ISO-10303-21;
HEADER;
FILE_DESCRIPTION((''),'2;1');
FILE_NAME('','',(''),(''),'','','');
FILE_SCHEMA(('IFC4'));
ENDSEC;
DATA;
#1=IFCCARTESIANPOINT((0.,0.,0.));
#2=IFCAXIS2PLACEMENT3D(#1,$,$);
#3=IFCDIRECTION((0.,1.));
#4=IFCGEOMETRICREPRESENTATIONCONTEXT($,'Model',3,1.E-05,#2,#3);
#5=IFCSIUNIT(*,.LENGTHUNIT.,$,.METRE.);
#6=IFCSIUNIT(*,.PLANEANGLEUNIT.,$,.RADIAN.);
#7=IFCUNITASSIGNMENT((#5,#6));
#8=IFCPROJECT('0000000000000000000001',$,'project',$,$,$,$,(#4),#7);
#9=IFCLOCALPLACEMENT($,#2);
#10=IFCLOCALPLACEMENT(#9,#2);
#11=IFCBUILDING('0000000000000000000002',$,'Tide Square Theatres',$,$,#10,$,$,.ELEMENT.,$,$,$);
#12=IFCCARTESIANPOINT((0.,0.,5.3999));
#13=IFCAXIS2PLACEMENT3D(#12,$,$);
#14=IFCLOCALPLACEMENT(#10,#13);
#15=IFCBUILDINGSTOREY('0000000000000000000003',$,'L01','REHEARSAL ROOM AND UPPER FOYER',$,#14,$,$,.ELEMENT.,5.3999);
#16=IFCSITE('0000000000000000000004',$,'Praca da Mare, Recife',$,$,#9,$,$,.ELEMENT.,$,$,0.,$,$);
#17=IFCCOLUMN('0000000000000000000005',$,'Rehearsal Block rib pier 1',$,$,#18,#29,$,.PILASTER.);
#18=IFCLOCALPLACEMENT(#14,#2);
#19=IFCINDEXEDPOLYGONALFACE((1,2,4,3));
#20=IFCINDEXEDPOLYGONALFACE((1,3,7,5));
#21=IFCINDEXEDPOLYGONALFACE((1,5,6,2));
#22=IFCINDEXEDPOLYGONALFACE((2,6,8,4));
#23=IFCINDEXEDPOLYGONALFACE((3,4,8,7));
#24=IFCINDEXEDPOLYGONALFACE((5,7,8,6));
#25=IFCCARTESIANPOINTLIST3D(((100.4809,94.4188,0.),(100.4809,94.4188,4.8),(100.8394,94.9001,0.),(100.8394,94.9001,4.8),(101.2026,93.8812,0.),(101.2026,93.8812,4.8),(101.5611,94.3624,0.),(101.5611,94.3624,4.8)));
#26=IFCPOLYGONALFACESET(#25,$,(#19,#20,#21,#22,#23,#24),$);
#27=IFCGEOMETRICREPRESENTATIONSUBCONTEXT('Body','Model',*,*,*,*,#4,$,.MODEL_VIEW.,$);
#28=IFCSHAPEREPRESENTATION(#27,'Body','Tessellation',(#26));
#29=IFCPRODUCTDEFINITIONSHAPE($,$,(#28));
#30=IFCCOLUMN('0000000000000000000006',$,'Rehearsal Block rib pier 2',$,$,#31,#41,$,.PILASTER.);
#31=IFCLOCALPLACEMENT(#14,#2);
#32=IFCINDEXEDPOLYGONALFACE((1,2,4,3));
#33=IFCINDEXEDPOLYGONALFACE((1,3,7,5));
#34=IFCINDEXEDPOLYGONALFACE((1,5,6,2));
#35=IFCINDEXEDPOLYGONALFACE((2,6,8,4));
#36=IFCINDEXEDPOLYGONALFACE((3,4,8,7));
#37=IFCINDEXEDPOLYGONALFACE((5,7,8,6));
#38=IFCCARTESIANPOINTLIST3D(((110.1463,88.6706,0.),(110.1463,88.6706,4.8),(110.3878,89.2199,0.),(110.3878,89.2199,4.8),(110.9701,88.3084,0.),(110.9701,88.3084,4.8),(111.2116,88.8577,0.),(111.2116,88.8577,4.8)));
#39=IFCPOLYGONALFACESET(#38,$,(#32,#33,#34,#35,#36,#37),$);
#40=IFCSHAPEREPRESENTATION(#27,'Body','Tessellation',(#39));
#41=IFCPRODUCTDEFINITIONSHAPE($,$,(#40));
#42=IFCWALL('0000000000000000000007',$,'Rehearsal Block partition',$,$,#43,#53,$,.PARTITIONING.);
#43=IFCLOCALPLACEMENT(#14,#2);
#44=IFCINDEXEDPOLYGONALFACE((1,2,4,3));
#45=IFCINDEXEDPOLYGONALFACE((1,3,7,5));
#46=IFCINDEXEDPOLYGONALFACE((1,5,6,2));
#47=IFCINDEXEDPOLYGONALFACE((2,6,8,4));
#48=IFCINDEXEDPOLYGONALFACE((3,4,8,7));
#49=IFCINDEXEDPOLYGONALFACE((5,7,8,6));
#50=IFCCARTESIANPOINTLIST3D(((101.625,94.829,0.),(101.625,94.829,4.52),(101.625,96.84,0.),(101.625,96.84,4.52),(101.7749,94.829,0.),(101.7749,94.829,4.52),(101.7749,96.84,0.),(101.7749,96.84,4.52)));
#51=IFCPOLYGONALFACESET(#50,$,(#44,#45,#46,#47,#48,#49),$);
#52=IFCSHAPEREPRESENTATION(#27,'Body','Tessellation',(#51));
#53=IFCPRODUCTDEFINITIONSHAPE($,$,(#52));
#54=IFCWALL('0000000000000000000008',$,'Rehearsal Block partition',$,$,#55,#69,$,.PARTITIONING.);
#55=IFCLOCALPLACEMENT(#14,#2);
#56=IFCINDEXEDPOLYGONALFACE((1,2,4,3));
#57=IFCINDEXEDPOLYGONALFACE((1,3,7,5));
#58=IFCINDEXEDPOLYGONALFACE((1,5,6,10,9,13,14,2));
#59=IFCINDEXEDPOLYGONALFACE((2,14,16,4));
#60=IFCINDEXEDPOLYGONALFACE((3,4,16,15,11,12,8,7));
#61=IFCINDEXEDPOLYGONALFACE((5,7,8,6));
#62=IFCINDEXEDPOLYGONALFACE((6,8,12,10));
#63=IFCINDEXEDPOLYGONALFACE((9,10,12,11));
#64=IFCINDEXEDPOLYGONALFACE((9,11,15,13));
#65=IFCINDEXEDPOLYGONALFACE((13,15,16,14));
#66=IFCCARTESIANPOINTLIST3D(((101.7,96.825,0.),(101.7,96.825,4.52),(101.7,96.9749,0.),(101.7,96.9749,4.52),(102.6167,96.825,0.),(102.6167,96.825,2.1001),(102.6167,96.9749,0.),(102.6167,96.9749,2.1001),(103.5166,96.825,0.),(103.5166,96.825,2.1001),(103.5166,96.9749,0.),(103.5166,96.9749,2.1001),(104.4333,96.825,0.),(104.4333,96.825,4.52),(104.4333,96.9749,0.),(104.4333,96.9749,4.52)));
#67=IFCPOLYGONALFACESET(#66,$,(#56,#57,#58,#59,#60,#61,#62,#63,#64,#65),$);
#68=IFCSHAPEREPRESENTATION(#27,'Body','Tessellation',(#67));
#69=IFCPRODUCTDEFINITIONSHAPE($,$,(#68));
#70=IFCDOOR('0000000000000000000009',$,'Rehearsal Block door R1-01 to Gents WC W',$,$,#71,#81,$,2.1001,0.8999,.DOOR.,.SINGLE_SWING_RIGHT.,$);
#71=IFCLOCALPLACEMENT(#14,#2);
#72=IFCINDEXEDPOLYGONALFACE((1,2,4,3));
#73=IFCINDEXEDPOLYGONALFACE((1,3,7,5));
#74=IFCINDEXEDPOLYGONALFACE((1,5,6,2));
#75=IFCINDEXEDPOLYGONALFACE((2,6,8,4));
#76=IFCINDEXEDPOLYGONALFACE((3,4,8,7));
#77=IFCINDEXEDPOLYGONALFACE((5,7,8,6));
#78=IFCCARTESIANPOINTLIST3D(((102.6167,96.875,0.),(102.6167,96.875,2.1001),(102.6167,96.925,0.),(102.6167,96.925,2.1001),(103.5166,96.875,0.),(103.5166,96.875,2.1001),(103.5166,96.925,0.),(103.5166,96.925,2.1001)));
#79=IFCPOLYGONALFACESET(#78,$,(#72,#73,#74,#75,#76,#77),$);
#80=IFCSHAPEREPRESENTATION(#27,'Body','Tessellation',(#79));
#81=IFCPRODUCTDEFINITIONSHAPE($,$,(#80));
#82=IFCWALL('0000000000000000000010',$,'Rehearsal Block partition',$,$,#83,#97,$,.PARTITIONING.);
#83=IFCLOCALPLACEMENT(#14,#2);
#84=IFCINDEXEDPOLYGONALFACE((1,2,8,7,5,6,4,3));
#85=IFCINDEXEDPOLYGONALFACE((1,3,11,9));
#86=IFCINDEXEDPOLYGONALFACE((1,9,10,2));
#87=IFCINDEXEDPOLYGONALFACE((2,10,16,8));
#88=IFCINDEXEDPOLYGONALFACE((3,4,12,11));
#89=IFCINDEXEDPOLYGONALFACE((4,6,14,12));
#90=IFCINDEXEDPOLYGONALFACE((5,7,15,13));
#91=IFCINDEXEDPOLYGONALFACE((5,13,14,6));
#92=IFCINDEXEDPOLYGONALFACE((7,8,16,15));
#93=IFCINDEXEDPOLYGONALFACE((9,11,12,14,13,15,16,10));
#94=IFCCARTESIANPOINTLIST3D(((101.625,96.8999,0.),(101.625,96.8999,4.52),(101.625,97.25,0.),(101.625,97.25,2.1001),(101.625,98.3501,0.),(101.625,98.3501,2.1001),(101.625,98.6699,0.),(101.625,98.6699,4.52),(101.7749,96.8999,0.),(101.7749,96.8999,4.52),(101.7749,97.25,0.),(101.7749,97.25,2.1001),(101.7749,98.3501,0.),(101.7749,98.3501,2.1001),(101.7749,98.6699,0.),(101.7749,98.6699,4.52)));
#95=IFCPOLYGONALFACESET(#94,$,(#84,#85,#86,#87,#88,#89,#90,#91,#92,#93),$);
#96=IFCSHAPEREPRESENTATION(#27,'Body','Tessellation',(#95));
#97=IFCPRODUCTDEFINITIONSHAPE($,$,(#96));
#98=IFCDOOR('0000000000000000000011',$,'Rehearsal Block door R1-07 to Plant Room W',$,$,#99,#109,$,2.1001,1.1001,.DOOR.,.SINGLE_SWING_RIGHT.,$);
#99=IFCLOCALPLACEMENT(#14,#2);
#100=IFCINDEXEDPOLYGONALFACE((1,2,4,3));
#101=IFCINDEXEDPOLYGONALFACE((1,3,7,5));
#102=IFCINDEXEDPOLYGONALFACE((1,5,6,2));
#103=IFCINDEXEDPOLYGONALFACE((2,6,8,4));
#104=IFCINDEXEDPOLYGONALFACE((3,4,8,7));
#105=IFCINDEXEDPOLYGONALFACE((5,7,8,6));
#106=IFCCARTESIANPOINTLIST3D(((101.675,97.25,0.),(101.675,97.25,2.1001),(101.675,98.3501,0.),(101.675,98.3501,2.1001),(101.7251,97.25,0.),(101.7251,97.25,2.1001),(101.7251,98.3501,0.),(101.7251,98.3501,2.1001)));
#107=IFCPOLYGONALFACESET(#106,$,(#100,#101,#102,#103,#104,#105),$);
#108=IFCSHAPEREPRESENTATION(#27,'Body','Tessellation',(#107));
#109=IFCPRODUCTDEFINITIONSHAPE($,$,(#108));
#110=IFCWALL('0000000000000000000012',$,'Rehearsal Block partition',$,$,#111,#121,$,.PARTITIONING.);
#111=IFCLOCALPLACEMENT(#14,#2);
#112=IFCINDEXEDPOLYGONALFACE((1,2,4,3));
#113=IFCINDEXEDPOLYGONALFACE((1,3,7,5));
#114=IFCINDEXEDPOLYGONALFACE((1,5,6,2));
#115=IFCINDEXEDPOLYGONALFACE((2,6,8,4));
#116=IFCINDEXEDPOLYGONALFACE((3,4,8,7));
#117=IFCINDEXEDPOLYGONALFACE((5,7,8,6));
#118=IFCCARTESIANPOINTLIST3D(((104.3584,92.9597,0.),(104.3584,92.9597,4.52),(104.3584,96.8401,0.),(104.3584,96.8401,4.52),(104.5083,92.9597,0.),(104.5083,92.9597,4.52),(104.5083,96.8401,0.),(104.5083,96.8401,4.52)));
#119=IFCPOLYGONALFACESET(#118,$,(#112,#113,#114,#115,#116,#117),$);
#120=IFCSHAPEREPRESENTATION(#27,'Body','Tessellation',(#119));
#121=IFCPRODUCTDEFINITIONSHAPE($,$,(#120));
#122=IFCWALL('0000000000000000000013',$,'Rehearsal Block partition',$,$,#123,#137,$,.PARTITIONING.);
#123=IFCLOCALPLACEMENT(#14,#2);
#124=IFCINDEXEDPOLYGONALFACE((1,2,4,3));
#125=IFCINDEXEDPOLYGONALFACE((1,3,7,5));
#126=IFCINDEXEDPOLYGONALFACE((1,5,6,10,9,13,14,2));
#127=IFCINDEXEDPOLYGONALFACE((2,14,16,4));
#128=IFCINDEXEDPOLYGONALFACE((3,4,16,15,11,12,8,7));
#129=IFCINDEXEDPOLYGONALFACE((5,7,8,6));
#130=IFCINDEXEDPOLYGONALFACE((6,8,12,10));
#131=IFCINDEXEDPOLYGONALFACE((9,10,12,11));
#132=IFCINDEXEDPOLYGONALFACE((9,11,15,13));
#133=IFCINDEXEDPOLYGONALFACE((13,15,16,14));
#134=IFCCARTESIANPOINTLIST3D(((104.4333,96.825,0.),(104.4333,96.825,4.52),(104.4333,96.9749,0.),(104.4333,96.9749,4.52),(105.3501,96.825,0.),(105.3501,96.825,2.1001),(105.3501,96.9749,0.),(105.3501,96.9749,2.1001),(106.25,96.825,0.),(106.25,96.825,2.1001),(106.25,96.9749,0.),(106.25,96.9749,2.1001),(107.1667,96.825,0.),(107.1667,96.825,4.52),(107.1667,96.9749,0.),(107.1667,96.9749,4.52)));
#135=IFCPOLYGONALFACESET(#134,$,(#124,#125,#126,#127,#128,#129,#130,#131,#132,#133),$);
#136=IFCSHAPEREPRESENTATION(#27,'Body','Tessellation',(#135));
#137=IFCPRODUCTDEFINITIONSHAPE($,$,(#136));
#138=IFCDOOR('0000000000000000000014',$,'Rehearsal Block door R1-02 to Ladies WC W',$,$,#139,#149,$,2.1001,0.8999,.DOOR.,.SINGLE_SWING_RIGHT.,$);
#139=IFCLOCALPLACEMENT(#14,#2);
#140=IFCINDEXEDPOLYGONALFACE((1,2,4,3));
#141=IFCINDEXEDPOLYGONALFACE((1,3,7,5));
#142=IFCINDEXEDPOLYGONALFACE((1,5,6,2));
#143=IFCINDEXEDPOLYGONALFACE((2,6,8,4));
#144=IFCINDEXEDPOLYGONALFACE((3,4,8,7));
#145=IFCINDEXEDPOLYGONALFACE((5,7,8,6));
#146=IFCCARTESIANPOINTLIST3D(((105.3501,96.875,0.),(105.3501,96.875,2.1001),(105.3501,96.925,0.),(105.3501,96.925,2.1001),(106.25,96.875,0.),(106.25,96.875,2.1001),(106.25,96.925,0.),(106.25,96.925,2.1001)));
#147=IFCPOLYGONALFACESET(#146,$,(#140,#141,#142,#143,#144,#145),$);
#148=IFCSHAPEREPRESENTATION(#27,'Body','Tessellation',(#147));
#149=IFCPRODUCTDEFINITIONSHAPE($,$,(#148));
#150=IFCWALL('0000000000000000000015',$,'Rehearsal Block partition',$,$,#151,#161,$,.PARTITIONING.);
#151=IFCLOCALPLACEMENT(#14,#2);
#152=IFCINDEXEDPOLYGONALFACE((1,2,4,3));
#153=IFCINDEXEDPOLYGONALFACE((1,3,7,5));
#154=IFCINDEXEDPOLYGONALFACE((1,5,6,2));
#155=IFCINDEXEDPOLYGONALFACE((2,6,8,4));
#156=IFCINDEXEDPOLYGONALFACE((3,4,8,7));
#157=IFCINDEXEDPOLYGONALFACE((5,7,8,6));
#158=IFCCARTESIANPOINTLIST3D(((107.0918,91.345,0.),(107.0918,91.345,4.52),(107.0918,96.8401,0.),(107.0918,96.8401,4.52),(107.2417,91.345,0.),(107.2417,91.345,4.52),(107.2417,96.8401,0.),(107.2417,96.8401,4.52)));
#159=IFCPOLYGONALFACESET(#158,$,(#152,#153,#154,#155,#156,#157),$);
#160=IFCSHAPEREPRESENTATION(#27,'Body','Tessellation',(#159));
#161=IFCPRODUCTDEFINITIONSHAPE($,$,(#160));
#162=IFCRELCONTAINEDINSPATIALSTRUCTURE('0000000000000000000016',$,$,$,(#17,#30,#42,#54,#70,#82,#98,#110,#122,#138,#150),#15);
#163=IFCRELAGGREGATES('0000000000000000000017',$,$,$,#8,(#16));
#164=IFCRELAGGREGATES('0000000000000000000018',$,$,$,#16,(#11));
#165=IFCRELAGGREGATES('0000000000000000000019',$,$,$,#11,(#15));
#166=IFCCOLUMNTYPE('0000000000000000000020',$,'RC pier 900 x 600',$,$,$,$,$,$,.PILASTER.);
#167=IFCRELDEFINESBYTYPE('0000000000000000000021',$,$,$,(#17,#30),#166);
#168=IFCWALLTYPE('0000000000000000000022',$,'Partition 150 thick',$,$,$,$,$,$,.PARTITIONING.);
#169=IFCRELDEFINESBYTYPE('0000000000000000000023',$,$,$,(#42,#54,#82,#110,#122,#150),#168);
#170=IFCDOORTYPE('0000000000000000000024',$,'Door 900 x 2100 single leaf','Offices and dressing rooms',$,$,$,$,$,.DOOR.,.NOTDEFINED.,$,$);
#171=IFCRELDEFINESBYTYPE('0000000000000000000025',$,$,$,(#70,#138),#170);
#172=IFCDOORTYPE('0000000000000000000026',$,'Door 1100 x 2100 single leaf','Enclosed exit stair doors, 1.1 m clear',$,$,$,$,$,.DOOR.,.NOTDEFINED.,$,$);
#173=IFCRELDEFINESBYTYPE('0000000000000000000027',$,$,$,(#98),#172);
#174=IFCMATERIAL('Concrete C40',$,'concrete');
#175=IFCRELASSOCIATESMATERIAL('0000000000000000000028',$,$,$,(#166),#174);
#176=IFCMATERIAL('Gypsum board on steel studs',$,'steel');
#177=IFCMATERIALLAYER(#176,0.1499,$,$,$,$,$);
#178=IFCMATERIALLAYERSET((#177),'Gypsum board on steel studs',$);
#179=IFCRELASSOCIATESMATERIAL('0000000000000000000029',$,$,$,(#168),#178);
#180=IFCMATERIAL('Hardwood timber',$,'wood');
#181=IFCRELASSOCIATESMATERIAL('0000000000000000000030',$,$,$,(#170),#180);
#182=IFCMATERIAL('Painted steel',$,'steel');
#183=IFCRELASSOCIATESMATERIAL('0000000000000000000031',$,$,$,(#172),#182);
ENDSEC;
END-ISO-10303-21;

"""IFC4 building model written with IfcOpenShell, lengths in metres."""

from ifc_helpers import new_model, si_unit, direction, frame, frame_2d, origin, origin_2d, place, context, subcontext, project, spatial, rectangle, extrude, material, layer, layer_set, material_profile, profile_set, type_object, element, fill, save


model = new_model("IFC4")

# Units and contexts
model_context = context("Model", 3, precision=1e-05, world=origin(), true_north=direction((0.0, 1.0)))
body_context = subcontext(model_context, "Body", "Model", "MODEL_VIEW")
ifc_project = project(units=[si_unit("LENGTHUNIT", "METRE"), si_unit("PLANEANGLEUNIT", "RADIAN")], contexts=[model_context])

# Site, building, storey
site_placement = place(None, origin())
site = spatial("IfcSite", under=ifc_project, at=site_placement, Name="Praca da Mare, Recife", CompositionType="ELEMENT", RefElevation=0.0)
building_placement = place(site_placement, origin())
building = spatial("IfcBuilding", under=site, at=building_placement, Name="Tide Square Theatres", CompositionType="ELEMENT")
storey_placement = place(building_placement, frame((0.0, 0.0, 5.3999)))
storey = spatial("IfcBuildingStorey", under=building, at=storey_placement, Name="L01", Description="REHEARSAL ROOM AND UPPER FOYER", CompositionType="ELEMENT", Elevation=5.3999)

# Columns
ifc_material_1 = material(Name="Concrete C40", Category="concrete")
ifc_material_profile = material_profile(ifc_material_1, rectangle(XDim=0.8999, YDim=0.6001, at=origin_2d()))
ifc_profile_set = profile_set([ifc_material_profile], Name="Concrete C40")
column_type = type_object("IfcColumnType", Name="RC pier 900 x 600", PredefinedType="PILASTER", material=ifc_profile_set)
for number, where, z_axis, x_axis, name in (
    (1, (101.021, 94.3906, 0.0), (0.0, 0.0, 1.0), (0.801928, -0.597421, 0.0), "Rehearsal Block rib pier 1"),
    (2, (110.679, 88.7642, 0.0), (0.0, 0.0, 1.0), (0.915419, -0.402502, 0.0), "Rehearsal Block rib pier 2"),
):
    element("IfcColumn", number, at=place(storey_placement, frame(where, z_axis=z_axis, x_axis=x_axis)), inside=storey, type_object=column_type, Name=name, PredefinedType="PILASTER", context=body_context, shape_type="SweptSolid", body=[
        extrude(rectangle(XDim=0.8999, YDim=0.6001, at=origin_2d()), origin(), (0.0, 0.0, 1.0), 4.8),
    ])

# Wall
ifc_material_2 = material(Name="Gypsum board on steel studs", Category="steel")
ifc_layer_1 = layer(ifc_material_2, 0.1499)
ifc_layer_set_1 = layer_set([ifc_layer_1], Name="Gypsum board on steel studs")
wall_type_1 = type_object("IfcWallType", Name="Partition 150 thick", PredefinedType="PARTITIONING", material=ifc_layer_set_1)
wall_1_placement = place(storey_placement, frame((101.7, 94.8291, 0.0), z_axis=(0.0, 0.0, 1.0), x_axis=(0.0, 1.0, 0.0)))
element("IfcWall", 3, at=wall_1_placement, inside=storey, type_object=wall_type_1, Name="Rehearsal Block partition", PredefinedType="PARTITIONING", context=body_context, shape_type="SweptSolid", body=[
    extrude(rectangle(XDim=2.011, YDim=0.1499, at=frame_2d((1.0054, 0.0))), origin(), (0.0, 0.0, 1.0), 4.52),
])

# Walls, openings, doors
wall_2_placement = place(storey_placement, frame((104.4333, 96.8999, 0.0), z_axis=(0.0, 0.0, 1.0), x_axis=(-1.0, 0.0, 0.0)))
wall_2 = element("IfcWall", 4, at=wall_2_placement, inside=storey, type_object=wall_type_1, Name="Rehearsal Block partition", PredefinedType="PARTITIONING", context=body_context, shape_type="SweptSolid", body=[
    extrude(rectangle(XDim=2.7334, YDim=0.1499, at=frame_2d((1.3667, 0.0))), origin(), (0.0, 0.0, 1.0), 4.52),
])
opening_1_placement = place(wall_2_placement, frame((0.9167, 0.0, 0.0)))
opening_1 = element("IfcOpeningElement", 5, at=opening_1_placement, cuts=wall_2, PredefinedType="OPENING", context=body_context, shape_type="SweptSolid", body=[
    extrude(rectangle(XDim=0.8999, YDim=2.1001, at=frame_2d((0.45, 1.05))), frame((0.0, 0.085, 0.0), z_axis=(0.0, -1.0, 0.0), x_axis=(1.0, 0.0, 0.0)), (0.0, 0.0, 1.0), 0.1699),
])
ifc_material_3 = material(Name="Hardwood timber", Category="wood")
door_type_1 = type_object("IfcDoorType", Name="Door 900 x 2100 single leaf", Description="Offices and dressing rooms", OperationType="NOTDEFINED", PredefinedType="DOOR", material=ifc_material_3)
door_1_placement = place(opening_1_placement, origin())
door_1 = element("IfcDoor", 6, at=door_1_placement, inside=storey, type_object=door_type_1, Name="Rehearsal Block door R1-01 to Gents WC W", OperationType="SINGLE_SWING_RIGHT", OverallHeight=2.1001, OverallWidth=0.8999, PredefinedType="DOOR", context=body_context, shape_type="SweptSolid", body=[
    extrude(rectangle(XDim=0.8999, YDim=2.1001, at=frame_2d((0.45, 1.05))), frame((0.0, 0.0249, 0.0), z_axis=(0.0, -1.0, 0.0), x_axis=(1.0, 0.0, 0.0)), (0.0, 0.0, 1.0), 0.05),
])
fill(opening_1, door_1)
wall_3_placement = place(storey_placement, frame((101.7, 96.8999, 0.0), z_axis=(0.0, 0.0, 1.0), x_axis=(0.0, 1.0, 0.0)))
wall_3 = element("IfcWall", 7, at=wall_3_placement, inside=storey, type_object=wall_type_1, Name="Rehearsal Block partition", PredefinedType="PARTITIONING", context=body_context, shape_type="SweptSolid", body=[
    extrude(rectangle(XDim=1.77, YDim=0.1499, at=frame_2d((0.885, 0.0))), origin(), (0.0, 0.0, 1.0), 4.52),
])
opening_2_placement = place(wall_3_placement, frame((0.3501, 0.0, 0.0)))
opening_2 = element("IfcOpeningElement", 8, at=opening_2_placement, cuts=wall_3, PredefinedType="OPENING", context=body_context, shape_type="SweptSolid", body=[
    extrude(rectangle(XDim=1.1001, YDim=2.1001, at=frame_2d((0.55, 1.05))), frame((0.0, 0.085, 0.0), z_axis=(0.0, -1.0, 0.0), x_axis=(1.0, 0.0, 0.0)), (0.0, 0.0, 1.0), 0.1699),
])
ifc_material_4 = material(Name="Painted steel", Category="steel")
door_type_2 = type_object("IfcDoorType", Name="Door 1100 x 2100 single leaf", Description="Enclosed exit stair doors, 1.1 m clear", OperationType="NOTDEFINED", PredefinedType="DOOR", material=ifc_material_4)
door_2_placement = place(opening_2_placement, origin())
door_2 = element("IfcDoor", 9, at=door_2_placement, inside=storey, type_object=door_type_2, Name="Rehearsal Block door R1-07 to Plant Room W", OperationType="SINGLE_SWING_RIGHT", OverallHeight=2.1001, OverallWidth=1.1001, PredefinedType="DOOR", context=body_context, shape_type="SweptSolid", body=[
    extrude(rectangle(XDim=1.1001, YDim=2.1001, at=frame_2d((0.55, 1.05))), frame((0.0, 0.0249, 0.0), z_axis=(0.0, -1.0, 0.0), x_axis=(1.0, 0.0, 0.0)), (0.0, 0.0, 1.0), 0.05),
])
fill(opening_2, door_2)

# Wall
wall_4_placement = place(storey_placement, frame((104.4333, 96.8401, 0.0), z_axis=(0.0, 0.0, 1.0), x_axis=(0.0, -1.0, 0.0)))
element("IfcWall", 10, at=wall_4_placement, inside=storey, type_object=wall_type_1, Name="Rehearsal Block partition", PredefinedType="PARTITIONING", context=body_context, shape_type="SweptSolid", body=[
    extrude(rectangle(XDim=3.8804, YDim=0.1499, at=frame_2d((1.9402, 0.0))), origin(), (0.0, 0.0, 1.0), 4.52),
])

# Wall, opening, door
wall_5_placement = place(storey_placement, frame((107.1667, 96.8999, 0.0), z_axis=(0.0, 0.0, 1.0), x_axis=(-1.0, 0.0, 0.0)))
wall_5 = element("IfcWall", 11, at=wall_5_placement, inside=storey, type_object=wall_type_1, Name="Rehearsal Block partition", PredefinedType="PARTITIONING", context=body_context, shape_type="SweptSolid", body=[
    extrude(rectangle(XDim=2.7334, YDim=0.1499, at=frame_2d((1.3667, 0.0))), origin(), (0.0, 0.0, 1.0), 4.52),
])
opening_3_placement = place(wall_5_placement, frame((0.9167, 0.0, 0.0)))
opening_3 = element("IfcOpeningElement", 12, at=opening_3_placement, cuts=wall_5, PredefinedType="OPENING", context=body_context, shape_type="SweptSolid", body=[
    extrude(rectangle(XDim=0.8999, YDim=2.1001, at=frame_2d((0.45, 1.05))), frame((0.0, 0.085, 0.0), z_axis=(0.0, -1.0, 0.0), x_axis=(1.0, 0.0, 0.0)), (0.0, 0.0, 1.0), 0.1699),
])
door_3_placement = place(opening_3_placement, origin())
door_3 = element("IfcDoor", 13, at=door_3_placement, inside=storey, type_object=door_type_1, Name="Rehearsal Block door R1-02 to Ladies WC W", OperationType="SINGLE_SWING_RIGHT", OverallHeight=2.1001, OverallWidth=0.8999, PredefinedType="DOOR", context=body_context, shape_type="SweptSolid", body=[
    extrude(rectangle(XDim=0.8999, YDim=2.1001, at=frame_2d((0.45, 1.05))), frame((0.0, 0.0249, 0.0), z_axis=(0.0, -1.0, 0.0), x_axis=(1.0, 0.0, 0.0)), (0.0, 0.0, 1.0), 0.05),
])
fill(opening_3, door_3)

# Wall
wall_6_placement = place(storey_placement, frame((107.1667, 96.8401, 0.0), z_axis=(0.0, 0.0, 1.0), x_axis=(0.0, -1.0, 0.0)))
element("IfcWall", 14, at=wall_6_placement, inside=storey, type_object=wall_type_1, Name="Rehearsal Block partition", PredefinedType="PARTITIONING", context=body_context, shape_type="SweptSolid", body=[
    extrude(rectangle(XDim=5.4951, YDim=0.1499, at=frame_2d((2.7476, 0.0))), origin(), (0.0, 0.0, 1.0), 4.52),
])

save(model, "model.ifc")
